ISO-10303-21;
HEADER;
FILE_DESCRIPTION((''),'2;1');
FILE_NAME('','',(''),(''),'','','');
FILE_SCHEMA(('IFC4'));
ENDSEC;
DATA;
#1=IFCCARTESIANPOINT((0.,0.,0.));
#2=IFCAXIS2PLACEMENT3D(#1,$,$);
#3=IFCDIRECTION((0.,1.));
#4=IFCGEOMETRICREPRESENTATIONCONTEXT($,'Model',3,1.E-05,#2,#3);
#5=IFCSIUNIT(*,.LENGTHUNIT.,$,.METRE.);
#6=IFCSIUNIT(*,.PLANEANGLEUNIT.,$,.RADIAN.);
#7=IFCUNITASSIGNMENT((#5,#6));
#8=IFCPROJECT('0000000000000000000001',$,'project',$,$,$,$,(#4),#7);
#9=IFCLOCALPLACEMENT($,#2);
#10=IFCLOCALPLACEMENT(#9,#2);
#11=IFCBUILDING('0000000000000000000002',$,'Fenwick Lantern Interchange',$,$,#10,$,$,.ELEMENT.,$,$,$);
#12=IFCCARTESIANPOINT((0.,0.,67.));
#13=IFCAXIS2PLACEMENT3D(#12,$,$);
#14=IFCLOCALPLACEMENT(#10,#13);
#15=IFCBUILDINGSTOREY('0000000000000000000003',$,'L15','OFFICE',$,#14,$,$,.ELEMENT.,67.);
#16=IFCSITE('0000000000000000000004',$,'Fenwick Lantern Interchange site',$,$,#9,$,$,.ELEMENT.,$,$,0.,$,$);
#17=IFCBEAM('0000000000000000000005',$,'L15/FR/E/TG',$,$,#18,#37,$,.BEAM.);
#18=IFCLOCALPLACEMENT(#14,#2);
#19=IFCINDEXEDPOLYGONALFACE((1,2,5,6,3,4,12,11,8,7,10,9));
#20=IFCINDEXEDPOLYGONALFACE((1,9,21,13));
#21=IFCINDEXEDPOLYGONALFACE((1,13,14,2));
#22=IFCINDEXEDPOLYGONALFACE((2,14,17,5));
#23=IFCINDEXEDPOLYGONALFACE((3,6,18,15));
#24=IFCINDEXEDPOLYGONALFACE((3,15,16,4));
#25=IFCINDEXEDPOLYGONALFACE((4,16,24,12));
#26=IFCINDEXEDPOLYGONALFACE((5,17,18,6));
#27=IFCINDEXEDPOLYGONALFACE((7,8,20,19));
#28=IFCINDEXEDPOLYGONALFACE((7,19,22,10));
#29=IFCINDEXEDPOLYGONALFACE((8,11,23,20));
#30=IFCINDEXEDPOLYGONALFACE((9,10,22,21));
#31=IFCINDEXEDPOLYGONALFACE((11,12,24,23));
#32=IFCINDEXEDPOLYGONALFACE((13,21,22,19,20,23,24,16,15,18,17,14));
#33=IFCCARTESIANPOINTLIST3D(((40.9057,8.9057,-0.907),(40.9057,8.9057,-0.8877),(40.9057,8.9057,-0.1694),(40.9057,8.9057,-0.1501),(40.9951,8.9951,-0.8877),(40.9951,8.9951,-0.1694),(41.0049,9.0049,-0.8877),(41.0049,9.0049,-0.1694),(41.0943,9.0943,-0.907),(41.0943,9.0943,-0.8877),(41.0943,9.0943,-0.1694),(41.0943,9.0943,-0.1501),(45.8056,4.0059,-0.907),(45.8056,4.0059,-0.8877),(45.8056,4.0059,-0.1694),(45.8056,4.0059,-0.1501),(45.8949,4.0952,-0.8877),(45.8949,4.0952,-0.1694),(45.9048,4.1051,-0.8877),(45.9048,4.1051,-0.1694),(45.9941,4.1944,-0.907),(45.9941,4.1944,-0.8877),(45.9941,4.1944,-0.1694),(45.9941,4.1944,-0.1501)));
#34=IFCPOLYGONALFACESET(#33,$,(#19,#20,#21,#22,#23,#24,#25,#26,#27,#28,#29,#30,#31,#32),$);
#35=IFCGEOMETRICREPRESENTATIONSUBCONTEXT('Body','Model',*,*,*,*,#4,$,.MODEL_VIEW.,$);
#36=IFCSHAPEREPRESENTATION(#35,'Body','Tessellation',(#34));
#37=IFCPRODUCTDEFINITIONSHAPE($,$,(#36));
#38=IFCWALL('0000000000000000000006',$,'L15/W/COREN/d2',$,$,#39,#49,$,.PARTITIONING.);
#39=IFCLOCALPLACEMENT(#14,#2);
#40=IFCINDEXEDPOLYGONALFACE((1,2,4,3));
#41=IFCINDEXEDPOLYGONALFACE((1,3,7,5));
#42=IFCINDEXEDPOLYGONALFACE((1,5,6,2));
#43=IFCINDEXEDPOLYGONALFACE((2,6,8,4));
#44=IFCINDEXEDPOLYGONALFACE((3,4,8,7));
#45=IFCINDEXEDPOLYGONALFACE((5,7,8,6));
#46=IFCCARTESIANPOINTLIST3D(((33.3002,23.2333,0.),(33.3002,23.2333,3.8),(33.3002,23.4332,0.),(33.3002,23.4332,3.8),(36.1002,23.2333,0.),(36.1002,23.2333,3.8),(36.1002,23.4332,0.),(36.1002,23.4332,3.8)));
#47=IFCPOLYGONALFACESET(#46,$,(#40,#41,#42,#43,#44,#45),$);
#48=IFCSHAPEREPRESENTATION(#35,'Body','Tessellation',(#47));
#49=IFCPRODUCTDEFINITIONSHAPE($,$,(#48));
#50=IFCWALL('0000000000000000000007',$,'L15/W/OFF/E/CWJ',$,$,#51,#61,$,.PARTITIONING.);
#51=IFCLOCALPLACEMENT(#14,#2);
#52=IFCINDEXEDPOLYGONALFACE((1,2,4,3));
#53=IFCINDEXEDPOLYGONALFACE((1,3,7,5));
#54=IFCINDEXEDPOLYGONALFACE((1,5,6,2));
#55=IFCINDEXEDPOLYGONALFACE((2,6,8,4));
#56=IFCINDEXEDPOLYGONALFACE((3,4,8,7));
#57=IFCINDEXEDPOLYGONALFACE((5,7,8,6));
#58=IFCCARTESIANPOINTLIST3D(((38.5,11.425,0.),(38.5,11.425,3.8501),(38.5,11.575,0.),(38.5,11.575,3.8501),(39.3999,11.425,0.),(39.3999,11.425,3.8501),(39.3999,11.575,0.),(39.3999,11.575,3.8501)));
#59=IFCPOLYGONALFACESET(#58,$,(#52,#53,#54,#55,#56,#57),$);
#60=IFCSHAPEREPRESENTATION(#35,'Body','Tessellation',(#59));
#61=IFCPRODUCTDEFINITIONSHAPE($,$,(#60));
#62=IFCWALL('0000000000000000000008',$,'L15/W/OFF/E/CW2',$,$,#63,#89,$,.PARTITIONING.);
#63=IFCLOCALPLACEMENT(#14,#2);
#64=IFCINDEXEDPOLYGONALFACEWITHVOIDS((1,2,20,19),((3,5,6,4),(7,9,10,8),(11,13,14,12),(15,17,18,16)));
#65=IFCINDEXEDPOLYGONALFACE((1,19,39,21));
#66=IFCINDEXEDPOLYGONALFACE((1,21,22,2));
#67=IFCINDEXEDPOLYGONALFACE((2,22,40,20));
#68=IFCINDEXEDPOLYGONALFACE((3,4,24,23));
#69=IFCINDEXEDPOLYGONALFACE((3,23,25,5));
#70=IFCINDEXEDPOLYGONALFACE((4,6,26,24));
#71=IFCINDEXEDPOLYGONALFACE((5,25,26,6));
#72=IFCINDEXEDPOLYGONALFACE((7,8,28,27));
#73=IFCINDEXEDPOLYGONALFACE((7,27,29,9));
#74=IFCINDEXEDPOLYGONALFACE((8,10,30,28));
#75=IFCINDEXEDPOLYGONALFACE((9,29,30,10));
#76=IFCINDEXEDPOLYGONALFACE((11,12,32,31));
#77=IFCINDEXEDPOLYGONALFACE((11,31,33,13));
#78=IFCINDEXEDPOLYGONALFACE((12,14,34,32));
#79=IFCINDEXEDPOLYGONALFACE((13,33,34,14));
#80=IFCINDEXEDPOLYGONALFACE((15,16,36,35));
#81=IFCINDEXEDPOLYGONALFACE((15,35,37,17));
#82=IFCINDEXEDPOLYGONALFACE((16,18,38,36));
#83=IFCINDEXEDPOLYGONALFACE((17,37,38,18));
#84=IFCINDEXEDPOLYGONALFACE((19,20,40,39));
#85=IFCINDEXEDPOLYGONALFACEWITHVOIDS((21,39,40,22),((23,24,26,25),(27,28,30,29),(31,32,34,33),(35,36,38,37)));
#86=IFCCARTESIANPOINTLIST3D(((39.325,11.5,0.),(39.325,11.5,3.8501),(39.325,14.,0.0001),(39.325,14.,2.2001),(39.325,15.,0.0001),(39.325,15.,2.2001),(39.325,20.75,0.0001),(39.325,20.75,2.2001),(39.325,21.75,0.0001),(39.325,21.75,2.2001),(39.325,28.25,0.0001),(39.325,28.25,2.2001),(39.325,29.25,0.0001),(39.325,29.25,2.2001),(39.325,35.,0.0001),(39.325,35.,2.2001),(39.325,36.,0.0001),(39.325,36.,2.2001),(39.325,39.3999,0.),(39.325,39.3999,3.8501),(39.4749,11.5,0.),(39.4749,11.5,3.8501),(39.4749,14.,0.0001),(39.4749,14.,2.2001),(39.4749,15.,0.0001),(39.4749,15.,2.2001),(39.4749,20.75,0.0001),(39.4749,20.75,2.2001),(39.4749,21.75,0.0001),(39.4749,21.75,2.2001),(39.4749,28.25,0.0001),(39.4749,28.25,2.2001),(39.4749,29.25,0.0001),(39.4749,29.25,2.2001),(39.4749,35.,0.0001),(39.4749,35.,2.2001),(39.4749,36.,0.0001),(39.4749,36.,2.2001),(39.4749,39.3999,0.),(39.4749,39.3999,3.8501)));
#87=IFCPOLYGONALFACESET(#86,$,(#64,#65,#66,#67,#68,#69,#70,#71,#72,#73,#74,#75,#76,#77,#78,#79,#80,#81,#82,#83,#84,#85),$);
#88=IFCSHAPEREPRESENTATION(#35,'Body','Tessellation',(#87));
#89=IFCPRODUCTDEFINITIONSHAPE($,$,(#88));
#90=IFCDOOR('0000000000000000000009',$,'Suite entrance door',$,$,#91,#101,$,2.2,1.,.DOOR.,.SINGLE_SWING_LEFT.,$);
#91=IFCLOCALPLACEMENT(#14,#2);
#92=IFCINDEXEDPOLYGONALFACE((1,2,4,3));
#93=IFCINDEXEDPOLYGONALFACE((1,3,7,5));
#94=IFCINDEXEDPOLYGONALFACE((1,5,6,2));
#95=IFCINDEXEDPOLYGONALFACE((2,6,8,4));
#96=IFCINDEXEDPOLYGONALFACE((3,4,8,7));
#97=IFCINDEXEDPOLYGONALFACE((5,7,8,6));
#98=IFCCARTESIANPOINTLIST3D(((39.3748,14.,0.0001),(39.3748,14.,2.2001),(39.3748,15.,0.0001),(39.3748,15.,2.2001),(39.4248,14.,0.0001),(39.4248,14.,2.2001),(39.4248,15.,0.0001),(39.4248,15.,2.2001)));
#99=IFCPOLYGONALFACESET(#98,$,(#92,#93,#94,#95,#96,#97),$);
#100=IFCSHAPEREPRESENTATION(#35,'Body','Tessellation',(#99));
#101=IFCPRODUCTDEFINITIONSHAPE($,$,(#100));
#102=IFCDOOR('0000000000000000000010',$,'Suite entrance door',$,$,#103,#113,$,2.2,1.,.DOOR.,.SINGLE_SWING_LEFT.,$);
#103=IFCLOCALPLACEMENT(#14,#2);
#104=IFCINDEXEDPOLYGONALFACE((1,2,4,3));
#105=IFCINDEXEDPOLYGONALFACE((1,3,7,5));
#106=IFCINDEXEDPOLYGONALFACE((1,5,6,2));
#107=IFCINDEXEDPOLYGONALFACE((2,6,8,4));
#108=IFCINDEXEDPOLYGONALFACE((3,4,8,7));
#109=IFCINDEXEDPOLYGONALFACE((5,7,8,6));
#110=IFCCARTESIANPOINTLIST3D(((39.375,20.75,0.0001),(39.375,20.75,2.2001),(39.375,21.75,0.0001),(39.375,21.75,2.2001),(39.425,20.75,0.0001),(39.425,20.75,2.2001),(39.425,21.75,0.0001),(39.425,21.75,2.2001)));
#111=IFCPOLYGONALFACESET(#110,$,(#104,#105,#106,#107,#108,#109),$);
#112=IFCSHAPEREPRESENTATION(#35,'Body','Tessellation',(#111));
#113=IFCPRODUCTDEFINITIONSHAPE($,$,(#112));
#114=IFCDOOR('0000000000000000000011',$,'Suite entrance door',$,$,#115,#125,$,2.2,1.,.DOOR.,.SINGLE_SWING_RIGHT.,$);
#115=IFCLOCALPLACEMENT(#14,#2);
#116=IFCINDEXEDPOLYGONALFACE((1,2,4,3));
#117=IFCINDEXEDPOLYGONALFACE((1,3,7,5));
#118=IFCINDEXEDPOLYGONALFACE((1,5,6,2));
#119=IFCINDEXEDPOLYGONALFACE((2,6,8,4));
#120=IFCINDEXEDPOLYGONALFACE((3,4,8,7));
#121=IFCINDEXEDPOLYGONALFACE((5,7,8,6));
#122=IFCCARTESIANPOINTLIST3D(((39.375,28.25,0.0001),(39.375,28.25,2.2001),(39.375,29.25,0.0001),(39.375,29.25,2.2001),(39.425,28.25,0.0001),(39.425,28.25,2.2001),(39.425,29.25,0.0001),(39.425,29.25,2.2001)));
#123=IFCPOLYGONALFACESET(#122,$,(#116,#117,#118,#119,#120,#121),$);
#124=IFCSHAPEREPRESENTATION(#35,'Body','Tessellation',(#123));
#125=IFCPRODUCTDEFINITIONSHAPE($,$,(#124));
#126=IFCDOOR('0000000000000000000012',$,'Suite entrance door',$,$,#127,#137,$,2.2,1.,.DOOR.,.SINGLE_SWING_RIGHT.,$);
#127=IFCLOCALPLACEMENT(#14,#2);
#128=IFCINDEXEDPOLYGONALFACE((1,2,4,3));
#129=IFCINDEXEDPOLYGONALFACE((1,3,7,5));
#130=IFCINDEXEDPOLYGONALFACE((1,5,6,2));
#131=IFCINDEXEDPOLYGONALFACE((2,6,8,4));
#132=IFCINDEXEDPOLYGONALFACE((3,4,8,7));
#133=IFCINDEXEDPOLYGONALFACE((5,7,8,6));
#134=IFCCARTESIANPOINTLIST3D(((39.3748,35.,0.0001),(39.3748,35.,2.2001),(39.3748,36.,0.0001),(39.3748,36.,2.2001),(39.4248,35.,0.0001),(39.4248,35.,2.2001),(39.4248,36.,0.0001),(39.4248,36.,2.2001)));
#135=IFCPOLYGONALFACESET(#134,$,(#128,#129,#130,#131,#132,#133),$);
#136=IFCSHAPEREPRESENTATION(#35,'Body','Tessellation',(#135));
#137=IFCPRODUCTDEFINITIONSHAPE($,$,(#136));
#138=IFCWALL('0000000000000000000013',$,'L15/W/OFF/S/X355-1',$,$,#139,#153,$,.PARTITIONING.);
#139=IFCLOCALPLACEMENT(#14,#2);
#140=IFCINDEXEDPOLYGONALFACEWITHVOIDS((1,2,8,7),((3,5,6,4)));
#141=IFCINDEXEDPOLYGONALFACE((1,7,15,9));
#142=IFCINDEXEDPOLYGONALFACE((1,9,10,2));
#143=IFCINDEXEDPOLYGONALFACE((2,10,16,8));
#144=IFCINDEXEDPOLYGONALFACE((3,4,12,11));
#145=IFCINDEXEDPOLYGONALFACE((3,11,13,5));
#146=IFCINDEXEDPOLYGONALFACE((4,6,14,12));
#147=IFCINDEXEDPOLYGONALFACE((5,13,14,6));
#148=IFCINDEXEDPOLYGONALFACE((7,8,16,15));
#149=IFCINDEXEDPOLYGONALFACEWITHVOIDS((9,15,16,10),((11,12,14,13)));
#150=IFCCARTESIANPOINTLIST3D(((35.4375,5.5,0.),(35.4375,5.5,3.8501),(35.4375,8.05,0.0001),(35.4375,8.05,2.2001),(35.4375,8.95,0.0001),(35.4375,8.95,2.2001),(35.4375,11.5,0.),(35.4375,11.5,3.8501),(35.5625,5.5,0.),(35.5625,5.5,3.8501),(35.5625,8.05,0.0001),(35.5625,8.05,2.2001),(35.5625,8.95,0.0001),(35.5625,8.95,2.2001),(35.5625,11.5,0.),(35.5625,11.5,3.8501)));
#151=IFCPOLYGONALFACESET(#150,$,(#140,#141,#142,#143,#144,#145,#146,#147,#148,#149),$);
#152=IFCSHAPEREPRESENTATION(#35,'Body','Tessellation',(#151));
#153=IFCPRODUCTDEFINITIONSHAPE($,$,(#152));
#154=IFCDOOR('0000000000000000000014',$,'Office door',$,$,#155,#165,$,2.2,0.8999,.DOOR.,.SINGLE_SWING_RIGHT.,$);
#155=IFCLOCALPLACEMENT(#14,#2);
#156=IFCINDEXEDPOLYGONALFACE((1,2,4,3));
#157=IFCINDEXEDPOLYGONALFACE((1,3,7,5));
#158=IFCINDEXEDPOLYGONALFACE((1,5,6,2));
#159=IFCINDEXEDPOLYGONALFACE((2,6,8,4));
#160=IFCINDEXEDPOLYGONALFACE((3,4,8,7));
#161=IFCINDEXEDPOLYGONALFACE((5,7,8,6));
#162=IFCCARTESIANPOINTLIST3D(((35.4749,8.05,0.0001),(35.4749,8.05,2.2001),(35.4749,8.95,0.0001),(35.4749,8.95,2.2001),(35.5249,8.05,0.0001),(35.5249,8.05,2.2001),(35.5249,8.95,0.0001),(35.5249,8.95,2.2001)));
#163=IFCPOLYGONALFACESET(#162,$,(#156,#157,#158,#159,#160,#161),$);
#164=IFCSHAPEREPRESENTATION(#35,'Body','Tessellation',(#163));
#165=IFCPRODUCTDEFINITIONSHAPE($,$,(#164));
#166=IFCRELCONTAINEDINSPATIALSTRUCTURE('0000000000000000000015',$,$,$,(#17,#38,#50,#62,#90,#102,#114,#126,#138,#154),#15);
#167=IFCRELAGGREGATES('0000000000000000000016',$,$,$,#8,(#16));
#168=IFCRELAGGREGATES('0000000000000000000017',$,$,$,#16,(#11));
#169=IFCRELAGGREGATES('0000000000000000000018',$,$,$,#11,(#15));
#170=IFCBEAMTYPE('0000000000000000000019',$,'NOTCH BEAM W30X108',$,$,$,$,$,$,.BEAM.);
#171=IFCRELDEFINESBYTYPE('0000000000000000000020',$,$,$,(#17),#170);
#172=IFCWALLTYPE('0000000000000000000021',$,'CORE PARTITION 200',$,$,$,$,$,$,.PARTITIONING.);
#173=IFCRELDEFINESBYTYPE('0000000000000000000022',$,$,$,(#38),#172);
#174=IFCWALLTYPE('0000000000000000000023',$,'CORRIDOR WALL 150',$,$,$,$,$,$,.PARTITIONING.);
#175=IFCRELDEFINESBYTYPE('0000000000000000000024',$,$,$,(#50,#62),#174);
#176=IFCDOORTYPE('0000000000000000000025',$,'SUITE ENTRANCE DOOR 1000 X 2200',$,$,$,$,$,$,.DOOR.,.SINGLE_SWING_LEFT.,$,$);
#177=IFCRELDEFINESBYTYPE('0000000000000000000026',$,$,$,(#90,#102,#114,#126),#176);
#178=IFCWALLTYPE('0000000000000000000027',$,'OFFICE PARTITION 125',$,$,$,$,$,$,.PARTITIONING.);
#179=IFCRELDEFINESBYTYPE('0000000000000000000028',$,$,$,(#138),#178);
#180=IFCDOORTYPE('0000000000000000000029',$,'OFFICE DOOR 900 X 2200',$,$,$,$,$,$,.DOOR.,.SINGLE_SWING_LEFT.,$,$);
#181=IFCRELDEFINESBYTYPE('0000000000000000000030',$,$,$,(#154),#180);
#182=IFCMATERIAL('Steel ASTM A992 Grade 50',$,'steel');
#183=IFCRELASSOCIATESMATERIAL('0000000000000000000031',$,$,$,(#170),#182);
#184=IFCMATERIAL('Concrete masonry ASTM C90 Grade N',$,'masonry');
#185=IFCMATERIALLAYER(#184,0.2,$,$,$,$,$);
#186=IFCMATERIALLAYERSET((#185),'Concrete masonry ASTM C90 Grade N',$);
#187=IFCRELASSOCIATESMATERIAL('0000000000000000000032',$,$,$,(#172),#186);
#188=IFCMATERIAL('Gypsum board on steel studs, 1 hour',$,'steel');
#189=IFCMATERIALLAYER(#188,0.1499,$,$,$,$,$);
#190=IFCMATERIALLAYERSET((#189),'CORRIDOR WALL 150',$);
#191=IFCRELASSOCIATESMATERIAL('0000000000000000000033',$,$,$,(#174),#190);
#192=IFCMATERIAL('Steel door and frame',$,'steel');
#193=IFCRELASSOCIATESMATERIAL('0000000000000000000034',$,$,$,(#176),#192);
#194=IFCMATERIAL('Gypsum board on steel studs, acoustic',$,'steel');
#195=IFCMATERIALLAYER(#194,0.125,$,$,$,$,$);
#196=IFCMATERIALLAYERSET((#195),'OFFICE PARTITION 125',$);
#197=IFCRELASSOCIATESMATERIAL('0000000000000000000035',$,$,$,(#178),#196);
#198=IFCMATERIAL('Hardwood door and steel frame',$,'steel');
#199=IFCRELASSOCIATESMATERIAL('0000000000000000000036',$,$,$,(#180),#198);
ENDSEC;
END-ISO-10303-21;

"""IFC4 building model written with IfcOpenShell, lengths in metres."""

from ifc_helpers import new_model, si_unit, direction, frame, frame_2d, origin, origin_2d, place, context, subcontext, project, spatial, rectangle, i_section, extrude, material, layer, layer_set, material_profile, profile_set, type_object, element, fill, save


model = new_model("IFC4")

# Units and contexts
model_context = context("Model", 3, precision=1e-05, world=origin(), true_north=direction((0.0, 1.0)))
body_context = subcontext(model_context, "Body", "Model", "MODEL_VIEW")
ifc_project = project(units=[si_unit("LENGTHUNIT", "METRE"), si_unit("PLANEANGLEUNIT", "RADIAN")], contexts=[model_context])

# Site, building, storey
site_placement = place(None, origin())
site = spatial("IfcSite", under=ifc_project, at=site_placement, Name="Fenwick Lantern Interchange site", CompositionType="ELEMENT", RefElevation=0.0)
building_placement = place(site_placement, origin())
building = spatial("IfcBuilding", under=site, at=building_placement, Name="Fenwick Lantern Interchange", CompositionType="ELEMENT")
storey_placement = place(building_placement, frame((0.0, 0.0, 67.0)))
storey = spatial("IfcBuildingStorey", under=building, at=storey_placement, Name="L15", Description="OFFICE", CompositionType="ELEMENT", Elevation=67.0)

# Beam
ifc_material_1 = material(Name="Steel ASTM A992 Grade 50", Category="steel")
ifc_material_profile_1 = material_profile(ifc_material_1, i_section(OverallWidth=0.2666, OverallDepth=0.7568, WebThickness=0.0139, FlangeThickness=0.0193, at=origin_2d()), Name="W30X108")
ifc_profile_set_1 = profile_set([ifc_material_profile_1], Name="Steel ASTM A992 Grade 50")
beam_type_1 = type_object("IfcBeamType", Name="NOTCH BEAM W30X108", PredefinedType="BEAM", material=ifc_profile_set_1)
beam_1_placement = place(storey_placement, frame((41.0, 9.0, -0.5286), z_axis=(0.707107, -0.707107, 0.0), x_axis=(0.707107, 0.707107, 0.0)))
element("IfcBeam", 1, at=beam_1_placement, inside=storey, type_object=beam_type_1, Name="L15/FR/E/TG", PredefinedType="BEAM", context=body_context, shape_type="SweptSolid", body=[
    extrude(i_section(OverallWidth=0.2666, OverallDepth=0.7568, WebThickness=0.0139, FlangeThickness=0.0193, at=origin_2d()), origin(), (0.0, 0.0, 1.0), 6.9294),
])

# Wall
ifc_material_2 = material(Name="Concrete masonry ASTM C90 Grade N", Category="masonry")
ifc_layer_1 = layer(ifc_material_2, 0.2)
ifc_layer_set_1 = layer_set([ifc_layer_1], Name="Concrete masonry ASTM C90 Grade N")
wall_type_1 = type_object("IfcWallType", Name="CORE PARTITION 200", PredefinedType="PARTITIONING", material=ifc_layer_set_1)
wall_1_placement = place(storey_placement, frame((36.1001, 23.3333, 0.0), z_axis=(0.0, 0.0, 1.0), x_axis=(-1.0, 0.0, 0.0)))
element("IfcWall", 2, at=wall_1_placement, inside=storey, type_object=wall_type_1, Name="L15/W/COREN/d2", PredefinedType="PARTITIONING", context=body_context, shape_type="SweptSolid", body=[
    extrude(rectangle(XDim=2.8, YDim=0.2, at=frame_2d((1.3999, 0.0))), origin(), (0.0, 0.0, 1.0), 3.8),
])

# Shared definitions
ifc_material_3 = material(Name="Steel door and frame", Category="steel")
ifc_material_4 = material(Name="Hardwood door and steel frame", Category="steel")

# Wall
ifc_material_5 = material(Name="Gypsum board on steel studs, 1 hour", Category="steel")
ifc_layer_2 = layer(ifc_material_5, 0.1499)
ifc_layer_set_2 = layer_set([ifc_layer_2], Name="CORRIDOR WALL 150")
wall_type_2 = type_object("IfcWallType", Name="CORRIDOR WALL 150", PredefinedType="PARTITIONING", material=ifc_layer_set_2)
wall_2_placement = place(storey_placement, frame((38.5, 11.5, 0.0), z_axis=(0.0, 0.0, 1.0), x_axis=(1.0, 0.0, 0.0)))
element("IfcWall", 3, at=wall_2_placement, inside=storey, type_object=wall_type_2, Name="L15/W/OFF/E/CWJ", PredefinedType="PARTITIONING", context=body_context, shape_type="SweptSolid", body=[
    extrude(rectangle(XDim=0.8999, YDim=0.1499, at=frame_2d((0.45, 0.0))), origin(), (0.0, 0.0, 1.0), 3.8501),
])

# Wall, openings, doors
wall_3_placement = place(storey_placement, frame((39.3999, 11.5, 0.0), z_axis=(0.0, 0.0, 1.0), x_axis=(0.0, 1.0, 0.0)))
wall_3 = element("IfcWall", 4, at=wall_3_placement, inside=storey, type_object=wall_type_2, Name="L15/W/OFF/E/CW2", PredefinedType="PARTITIONING", context=body_context, shape_type="SweptSolid", body=[
    extrude(rectangle(XDim=27.8999, YDim=0.1499, at=frame_2d((13.95, 0.0))), origin(), (0.0, 0.0, 1.0), 3.8501),
])
opening_1_placement = place(wall_3_placement, frame((2.5, 0.0, 0.0)))
opening_1 = element("IfcOpeningElement", 5, at=opening_1_placement, cuts=wall_3, PredefinedType="OPENING", context=body_context, shape_type="SweptSolid", body=[
    extrude(rectangle(XDim=1.0, YDim=2.2, at=frame_2d((0.5, 1.1001))), frame((0.0, 0.085, 0.0), z_axis=(0.0, -1.0, 0.0), x_axis=(1.0, 0.0, 0.0)), (0.0, 0.0, 1.0), 0.1699),
])
opening_2_placement = place(wall_3_placement, frame((9.25, 0.0, 0.0)))
opening_2 = element("IfcOpeningElement", 6, at=opening_2_placement, cuts=wall_3, PredefinedType="OPENING", context=body_context, shape_type="SweptSolid", body=[
    extrude(rectangle(XDim=1.0, YDim=2.2, at=frame_2d((0.5, 1.1001))), frame((0.0, 0.085, 0.0), z_axis=(0.0, -1.0, 0.0), x_axis=(1.0, 0.0, 0.0)), (0.0, 0.0, 1.0), 0.1699),
])
opening_3_placement = place(wall_3_placement, frame((16.75, 0.0, 0.0)))
opening_3 = element("IfcOpeningElement", 7, at=opening_3_placement, cuts=wall_3, PredefinedType="OPENING", context=body_context, shape_type="SweptSolid", body=[
    extrude(rectangle(XDim=1.0, YDim=2.2, at=frame_2d((0.5, 1.1001))), frame((0.0, 0.085, 0.0), z_axis=(0.0, -1.0, 0.0), x_axis=(1.0, 0.0, 0.0)), (0.0, 0.0, 1.0), 0.1699),
])
opening_4_placement = place(wall_3_placement, frame((23.5, 0.0, 0.0)))
opening_4 = element("IfcOpeningElement", 8, at=opening_4_placement, cuts=wall_3, PredefinedType="OPENING", context=body_context, shape_type="SweptSolid", body=[
    extrude(rectangle(XDim=1.0, YDim=2.2, at=frame_2d((0.5, 1.1001))), frame((0.0, 0.085, 0.0), z_axis=(0.0, -1.0, 0.0), x_axis=(1.0, 0.0, 0.0)), (0.0, 0.0, 1.0), 0.1699),
])
door_type_1 = type_object("IfcDoorType", Name="SUITE ENTRANCE DOOR 1000 X 2200", OperationType="SINGLE_SWING_LEFT", PredefinedType="DOOR", material=ifc_material_3)
door_1_placement = place(opening_1_placement, frame((1.0, 0.0, 0.0), z_axis=(0.0, 0.0, 1.0), x_axis=(-1.0, 0.0, 0.0)))
door_1 = element("IfcDoor", 9, at=door_1_placement, inside=storey, type_object=door_type_1, Name="Suite entrance door", OperationType="SINGLE_SWING_LEFT", OverallHeight=2.2, OverallWidth=1.0, PredefinedType="DOOR", context=body_context, shape_type="SweptSolid", body=[
    extrude(rectangle(XDim=1.0, YDim=2.2, at=frame_2d((0.5, 1.1001))), frame((0.0, 0.0249, 0.0), z_axis=(0.0, -1.0, 0.0), x_axis=(1.0, 0.0, 0.0)), (0.0, 0.0, 1.0), 0.05),
])
fill(opening_1, door_1)
door_2_placement = place(opening_2_placement, origin())
door_2 = element("IfcDoor", 10, at=door_2_placement, inside=storey, type_object=door_type_1, Name="Suite entrance door", OperationType="SINGLE_SWING_LEFT", OverallHeight=2.2, OverallWidth=1.0, PredefinedType="DOOR", context=body_context, shape_type="SweptSolid", body=[
    extrude(rectangle(XDim=1.0, YDim=2.2, at=frame_2d((0.5, 1.1001))), frame((0.0, 0.0249, 0.0), z_axis=(0.0, -1.0, 0.0), x_axis=(1.0, 0.0, 0.0)), (0.0, 0.0, 1.0), 0.05),
])
fill(opening_2, door_2)
door_3_placement = place(opening_3_placement, origin())
door_3 = element("IfcDoor", 11, at=door_3_placement, inside=storey, type_object=door_type_1, Name="Suite entrance door", OperationType="SINGLE_SWING_RIGHT", OverallHeight=2.2, OverallWidth=1.0, PredefinedType="DOOR", context=body_context, shape_type="SweptSolid", body=[
    extrude(rectangle(XDim=1.0, YDim=2.2, at=frame_2d((0.5, 1.1001))), frame((0.0, 0.0249, 0.0), z_axis=(0.0, -1.0, 0.0), x_axis=(1.0, 0.0, 0.0)), (0.0, 0.0, 1.0), 0.05),
])
fill(opening_3, door_3)
door_4_placement = place(opening_4_placement, frame((1.0, 0.0, 0.0), z_axis=(0.0, 0.0, 1.0), x_axis=(-1.0, 0.0, 0.0)))
door_4 = element("IfcDoor", 12, at=door_4_placement, inside=storey, type_object=door_type_1, Name="Suite entrance door", OperationType="SINGLE_SWING_RIGHT", OverallHeight=2.2, OverallWidth=1.0, PredefinedType="DOOR", context=body_context, shape_type="SweptSolid", body=[
    extrude(rectangle(XDim=1.0, YDim=2.2, at=frame_2d((0.5, 1.1001))), frame((0.0, 0.0249, 0.0), z_axis=(0.0, -1.0, 0.0), x_axis=(1.0, 0.0, 0.0)), (0.0, 0.0, 1.0), 0.05),
])
fill(opening_4, door_4)

# Wall, opening, door
ifc_material_6 = material(Name="Gypsum board on steel studs, acoustic", Category="steel")
ifc_layer_3 = layer(ifc_material_6, 0.125)
ifc_layer_set_3 = layer_set([ifc_layer_3], Name="OFFICE PARTITION 125")
wall_type_3 = type_object("IfcWallType", Name="OFFICE PARTITION 125", PredefinedType="PARTITIONING", material=ifc_layer_set_3)
wall_4_placement = place(storey_placement, frame((35.5, 5.5, 0.0), z_axis=(0.0, 0.0, 1.0), x_axis=(0.0, 1.0, 0.0)))
wall_4 = element("IfcWall", 13, at=wall_4_placement, inside=storey, type_object=wall_type_3, Name="L15/W/OFF/S/X355-1", PredefinedType="PARTITIONING", context=body_context, shape_type="SweptSolid", body=[
    extrude(rectangle(XDim=6.0, YDim=0.125, at=frame_2d((3.0, 0.0))), origin(), (0.0, 0.0, 1.0), 3.8501),
])
opening_5_placement = place(wall_4_placement, frame((2.55, 0.0, 0.0)))
opening_5 = element("IfcOpeningElement", 14, at=opening_5_placement, cuts=wall_4, PredefinedType="OPENING", context=body_context, shape_type="SweptSolid", body=[
    extrude(rectangle(XDim=0.8999, YDim=2.2, at=frame_2d((0.45, 1.1001))), frame((0.0, 0.0725, 0.0), z_axis=(0.0, -1.0, 0.0), x_axis=(1.0, 0.0, 0.0)), (0.0, 0.0, 1.0), 0.145),
])
door_type_2 = type_object("IfcDoorType", Name="OFFICE DOOR 900 X 2200", OperationType="SINGLE_SWING_LEFT", PredefinedType="DOOR", material=ifc_material_4)
door_5_placement = place(opening_5_placement, frame((0.8999, 0.0, 0.0), z_axis=(0.0, 0.0, 1.0), x_axis=(-1.0, 0.0, 0.0)))
door_5 = element("IfcDoor", 15, at=door_5_placement, inside=storey, type_object=door_type_2, Name="Office door", OperationType="SINGLE_SWING_RIGHT", OverallHeight=2.2, OverallWidth=0.8999, PredefinedType="DOOR", context=body_context, shape_type="SweptSolid", body=[
    extrude(rectangle(XDim=0.8999, YDim=2.2, at=frame_2d((0.45, 1.1001))), frame((0.0, 0.0249, 0.0), z_axis=(0.0, -1.0, 0.0), x_axis=(1.0, 0.0, 0.0)), (0.0, 0.0, 1.0), 0.05),
])
fill(opening_5, door_5)

save(model, "model.ifc")
